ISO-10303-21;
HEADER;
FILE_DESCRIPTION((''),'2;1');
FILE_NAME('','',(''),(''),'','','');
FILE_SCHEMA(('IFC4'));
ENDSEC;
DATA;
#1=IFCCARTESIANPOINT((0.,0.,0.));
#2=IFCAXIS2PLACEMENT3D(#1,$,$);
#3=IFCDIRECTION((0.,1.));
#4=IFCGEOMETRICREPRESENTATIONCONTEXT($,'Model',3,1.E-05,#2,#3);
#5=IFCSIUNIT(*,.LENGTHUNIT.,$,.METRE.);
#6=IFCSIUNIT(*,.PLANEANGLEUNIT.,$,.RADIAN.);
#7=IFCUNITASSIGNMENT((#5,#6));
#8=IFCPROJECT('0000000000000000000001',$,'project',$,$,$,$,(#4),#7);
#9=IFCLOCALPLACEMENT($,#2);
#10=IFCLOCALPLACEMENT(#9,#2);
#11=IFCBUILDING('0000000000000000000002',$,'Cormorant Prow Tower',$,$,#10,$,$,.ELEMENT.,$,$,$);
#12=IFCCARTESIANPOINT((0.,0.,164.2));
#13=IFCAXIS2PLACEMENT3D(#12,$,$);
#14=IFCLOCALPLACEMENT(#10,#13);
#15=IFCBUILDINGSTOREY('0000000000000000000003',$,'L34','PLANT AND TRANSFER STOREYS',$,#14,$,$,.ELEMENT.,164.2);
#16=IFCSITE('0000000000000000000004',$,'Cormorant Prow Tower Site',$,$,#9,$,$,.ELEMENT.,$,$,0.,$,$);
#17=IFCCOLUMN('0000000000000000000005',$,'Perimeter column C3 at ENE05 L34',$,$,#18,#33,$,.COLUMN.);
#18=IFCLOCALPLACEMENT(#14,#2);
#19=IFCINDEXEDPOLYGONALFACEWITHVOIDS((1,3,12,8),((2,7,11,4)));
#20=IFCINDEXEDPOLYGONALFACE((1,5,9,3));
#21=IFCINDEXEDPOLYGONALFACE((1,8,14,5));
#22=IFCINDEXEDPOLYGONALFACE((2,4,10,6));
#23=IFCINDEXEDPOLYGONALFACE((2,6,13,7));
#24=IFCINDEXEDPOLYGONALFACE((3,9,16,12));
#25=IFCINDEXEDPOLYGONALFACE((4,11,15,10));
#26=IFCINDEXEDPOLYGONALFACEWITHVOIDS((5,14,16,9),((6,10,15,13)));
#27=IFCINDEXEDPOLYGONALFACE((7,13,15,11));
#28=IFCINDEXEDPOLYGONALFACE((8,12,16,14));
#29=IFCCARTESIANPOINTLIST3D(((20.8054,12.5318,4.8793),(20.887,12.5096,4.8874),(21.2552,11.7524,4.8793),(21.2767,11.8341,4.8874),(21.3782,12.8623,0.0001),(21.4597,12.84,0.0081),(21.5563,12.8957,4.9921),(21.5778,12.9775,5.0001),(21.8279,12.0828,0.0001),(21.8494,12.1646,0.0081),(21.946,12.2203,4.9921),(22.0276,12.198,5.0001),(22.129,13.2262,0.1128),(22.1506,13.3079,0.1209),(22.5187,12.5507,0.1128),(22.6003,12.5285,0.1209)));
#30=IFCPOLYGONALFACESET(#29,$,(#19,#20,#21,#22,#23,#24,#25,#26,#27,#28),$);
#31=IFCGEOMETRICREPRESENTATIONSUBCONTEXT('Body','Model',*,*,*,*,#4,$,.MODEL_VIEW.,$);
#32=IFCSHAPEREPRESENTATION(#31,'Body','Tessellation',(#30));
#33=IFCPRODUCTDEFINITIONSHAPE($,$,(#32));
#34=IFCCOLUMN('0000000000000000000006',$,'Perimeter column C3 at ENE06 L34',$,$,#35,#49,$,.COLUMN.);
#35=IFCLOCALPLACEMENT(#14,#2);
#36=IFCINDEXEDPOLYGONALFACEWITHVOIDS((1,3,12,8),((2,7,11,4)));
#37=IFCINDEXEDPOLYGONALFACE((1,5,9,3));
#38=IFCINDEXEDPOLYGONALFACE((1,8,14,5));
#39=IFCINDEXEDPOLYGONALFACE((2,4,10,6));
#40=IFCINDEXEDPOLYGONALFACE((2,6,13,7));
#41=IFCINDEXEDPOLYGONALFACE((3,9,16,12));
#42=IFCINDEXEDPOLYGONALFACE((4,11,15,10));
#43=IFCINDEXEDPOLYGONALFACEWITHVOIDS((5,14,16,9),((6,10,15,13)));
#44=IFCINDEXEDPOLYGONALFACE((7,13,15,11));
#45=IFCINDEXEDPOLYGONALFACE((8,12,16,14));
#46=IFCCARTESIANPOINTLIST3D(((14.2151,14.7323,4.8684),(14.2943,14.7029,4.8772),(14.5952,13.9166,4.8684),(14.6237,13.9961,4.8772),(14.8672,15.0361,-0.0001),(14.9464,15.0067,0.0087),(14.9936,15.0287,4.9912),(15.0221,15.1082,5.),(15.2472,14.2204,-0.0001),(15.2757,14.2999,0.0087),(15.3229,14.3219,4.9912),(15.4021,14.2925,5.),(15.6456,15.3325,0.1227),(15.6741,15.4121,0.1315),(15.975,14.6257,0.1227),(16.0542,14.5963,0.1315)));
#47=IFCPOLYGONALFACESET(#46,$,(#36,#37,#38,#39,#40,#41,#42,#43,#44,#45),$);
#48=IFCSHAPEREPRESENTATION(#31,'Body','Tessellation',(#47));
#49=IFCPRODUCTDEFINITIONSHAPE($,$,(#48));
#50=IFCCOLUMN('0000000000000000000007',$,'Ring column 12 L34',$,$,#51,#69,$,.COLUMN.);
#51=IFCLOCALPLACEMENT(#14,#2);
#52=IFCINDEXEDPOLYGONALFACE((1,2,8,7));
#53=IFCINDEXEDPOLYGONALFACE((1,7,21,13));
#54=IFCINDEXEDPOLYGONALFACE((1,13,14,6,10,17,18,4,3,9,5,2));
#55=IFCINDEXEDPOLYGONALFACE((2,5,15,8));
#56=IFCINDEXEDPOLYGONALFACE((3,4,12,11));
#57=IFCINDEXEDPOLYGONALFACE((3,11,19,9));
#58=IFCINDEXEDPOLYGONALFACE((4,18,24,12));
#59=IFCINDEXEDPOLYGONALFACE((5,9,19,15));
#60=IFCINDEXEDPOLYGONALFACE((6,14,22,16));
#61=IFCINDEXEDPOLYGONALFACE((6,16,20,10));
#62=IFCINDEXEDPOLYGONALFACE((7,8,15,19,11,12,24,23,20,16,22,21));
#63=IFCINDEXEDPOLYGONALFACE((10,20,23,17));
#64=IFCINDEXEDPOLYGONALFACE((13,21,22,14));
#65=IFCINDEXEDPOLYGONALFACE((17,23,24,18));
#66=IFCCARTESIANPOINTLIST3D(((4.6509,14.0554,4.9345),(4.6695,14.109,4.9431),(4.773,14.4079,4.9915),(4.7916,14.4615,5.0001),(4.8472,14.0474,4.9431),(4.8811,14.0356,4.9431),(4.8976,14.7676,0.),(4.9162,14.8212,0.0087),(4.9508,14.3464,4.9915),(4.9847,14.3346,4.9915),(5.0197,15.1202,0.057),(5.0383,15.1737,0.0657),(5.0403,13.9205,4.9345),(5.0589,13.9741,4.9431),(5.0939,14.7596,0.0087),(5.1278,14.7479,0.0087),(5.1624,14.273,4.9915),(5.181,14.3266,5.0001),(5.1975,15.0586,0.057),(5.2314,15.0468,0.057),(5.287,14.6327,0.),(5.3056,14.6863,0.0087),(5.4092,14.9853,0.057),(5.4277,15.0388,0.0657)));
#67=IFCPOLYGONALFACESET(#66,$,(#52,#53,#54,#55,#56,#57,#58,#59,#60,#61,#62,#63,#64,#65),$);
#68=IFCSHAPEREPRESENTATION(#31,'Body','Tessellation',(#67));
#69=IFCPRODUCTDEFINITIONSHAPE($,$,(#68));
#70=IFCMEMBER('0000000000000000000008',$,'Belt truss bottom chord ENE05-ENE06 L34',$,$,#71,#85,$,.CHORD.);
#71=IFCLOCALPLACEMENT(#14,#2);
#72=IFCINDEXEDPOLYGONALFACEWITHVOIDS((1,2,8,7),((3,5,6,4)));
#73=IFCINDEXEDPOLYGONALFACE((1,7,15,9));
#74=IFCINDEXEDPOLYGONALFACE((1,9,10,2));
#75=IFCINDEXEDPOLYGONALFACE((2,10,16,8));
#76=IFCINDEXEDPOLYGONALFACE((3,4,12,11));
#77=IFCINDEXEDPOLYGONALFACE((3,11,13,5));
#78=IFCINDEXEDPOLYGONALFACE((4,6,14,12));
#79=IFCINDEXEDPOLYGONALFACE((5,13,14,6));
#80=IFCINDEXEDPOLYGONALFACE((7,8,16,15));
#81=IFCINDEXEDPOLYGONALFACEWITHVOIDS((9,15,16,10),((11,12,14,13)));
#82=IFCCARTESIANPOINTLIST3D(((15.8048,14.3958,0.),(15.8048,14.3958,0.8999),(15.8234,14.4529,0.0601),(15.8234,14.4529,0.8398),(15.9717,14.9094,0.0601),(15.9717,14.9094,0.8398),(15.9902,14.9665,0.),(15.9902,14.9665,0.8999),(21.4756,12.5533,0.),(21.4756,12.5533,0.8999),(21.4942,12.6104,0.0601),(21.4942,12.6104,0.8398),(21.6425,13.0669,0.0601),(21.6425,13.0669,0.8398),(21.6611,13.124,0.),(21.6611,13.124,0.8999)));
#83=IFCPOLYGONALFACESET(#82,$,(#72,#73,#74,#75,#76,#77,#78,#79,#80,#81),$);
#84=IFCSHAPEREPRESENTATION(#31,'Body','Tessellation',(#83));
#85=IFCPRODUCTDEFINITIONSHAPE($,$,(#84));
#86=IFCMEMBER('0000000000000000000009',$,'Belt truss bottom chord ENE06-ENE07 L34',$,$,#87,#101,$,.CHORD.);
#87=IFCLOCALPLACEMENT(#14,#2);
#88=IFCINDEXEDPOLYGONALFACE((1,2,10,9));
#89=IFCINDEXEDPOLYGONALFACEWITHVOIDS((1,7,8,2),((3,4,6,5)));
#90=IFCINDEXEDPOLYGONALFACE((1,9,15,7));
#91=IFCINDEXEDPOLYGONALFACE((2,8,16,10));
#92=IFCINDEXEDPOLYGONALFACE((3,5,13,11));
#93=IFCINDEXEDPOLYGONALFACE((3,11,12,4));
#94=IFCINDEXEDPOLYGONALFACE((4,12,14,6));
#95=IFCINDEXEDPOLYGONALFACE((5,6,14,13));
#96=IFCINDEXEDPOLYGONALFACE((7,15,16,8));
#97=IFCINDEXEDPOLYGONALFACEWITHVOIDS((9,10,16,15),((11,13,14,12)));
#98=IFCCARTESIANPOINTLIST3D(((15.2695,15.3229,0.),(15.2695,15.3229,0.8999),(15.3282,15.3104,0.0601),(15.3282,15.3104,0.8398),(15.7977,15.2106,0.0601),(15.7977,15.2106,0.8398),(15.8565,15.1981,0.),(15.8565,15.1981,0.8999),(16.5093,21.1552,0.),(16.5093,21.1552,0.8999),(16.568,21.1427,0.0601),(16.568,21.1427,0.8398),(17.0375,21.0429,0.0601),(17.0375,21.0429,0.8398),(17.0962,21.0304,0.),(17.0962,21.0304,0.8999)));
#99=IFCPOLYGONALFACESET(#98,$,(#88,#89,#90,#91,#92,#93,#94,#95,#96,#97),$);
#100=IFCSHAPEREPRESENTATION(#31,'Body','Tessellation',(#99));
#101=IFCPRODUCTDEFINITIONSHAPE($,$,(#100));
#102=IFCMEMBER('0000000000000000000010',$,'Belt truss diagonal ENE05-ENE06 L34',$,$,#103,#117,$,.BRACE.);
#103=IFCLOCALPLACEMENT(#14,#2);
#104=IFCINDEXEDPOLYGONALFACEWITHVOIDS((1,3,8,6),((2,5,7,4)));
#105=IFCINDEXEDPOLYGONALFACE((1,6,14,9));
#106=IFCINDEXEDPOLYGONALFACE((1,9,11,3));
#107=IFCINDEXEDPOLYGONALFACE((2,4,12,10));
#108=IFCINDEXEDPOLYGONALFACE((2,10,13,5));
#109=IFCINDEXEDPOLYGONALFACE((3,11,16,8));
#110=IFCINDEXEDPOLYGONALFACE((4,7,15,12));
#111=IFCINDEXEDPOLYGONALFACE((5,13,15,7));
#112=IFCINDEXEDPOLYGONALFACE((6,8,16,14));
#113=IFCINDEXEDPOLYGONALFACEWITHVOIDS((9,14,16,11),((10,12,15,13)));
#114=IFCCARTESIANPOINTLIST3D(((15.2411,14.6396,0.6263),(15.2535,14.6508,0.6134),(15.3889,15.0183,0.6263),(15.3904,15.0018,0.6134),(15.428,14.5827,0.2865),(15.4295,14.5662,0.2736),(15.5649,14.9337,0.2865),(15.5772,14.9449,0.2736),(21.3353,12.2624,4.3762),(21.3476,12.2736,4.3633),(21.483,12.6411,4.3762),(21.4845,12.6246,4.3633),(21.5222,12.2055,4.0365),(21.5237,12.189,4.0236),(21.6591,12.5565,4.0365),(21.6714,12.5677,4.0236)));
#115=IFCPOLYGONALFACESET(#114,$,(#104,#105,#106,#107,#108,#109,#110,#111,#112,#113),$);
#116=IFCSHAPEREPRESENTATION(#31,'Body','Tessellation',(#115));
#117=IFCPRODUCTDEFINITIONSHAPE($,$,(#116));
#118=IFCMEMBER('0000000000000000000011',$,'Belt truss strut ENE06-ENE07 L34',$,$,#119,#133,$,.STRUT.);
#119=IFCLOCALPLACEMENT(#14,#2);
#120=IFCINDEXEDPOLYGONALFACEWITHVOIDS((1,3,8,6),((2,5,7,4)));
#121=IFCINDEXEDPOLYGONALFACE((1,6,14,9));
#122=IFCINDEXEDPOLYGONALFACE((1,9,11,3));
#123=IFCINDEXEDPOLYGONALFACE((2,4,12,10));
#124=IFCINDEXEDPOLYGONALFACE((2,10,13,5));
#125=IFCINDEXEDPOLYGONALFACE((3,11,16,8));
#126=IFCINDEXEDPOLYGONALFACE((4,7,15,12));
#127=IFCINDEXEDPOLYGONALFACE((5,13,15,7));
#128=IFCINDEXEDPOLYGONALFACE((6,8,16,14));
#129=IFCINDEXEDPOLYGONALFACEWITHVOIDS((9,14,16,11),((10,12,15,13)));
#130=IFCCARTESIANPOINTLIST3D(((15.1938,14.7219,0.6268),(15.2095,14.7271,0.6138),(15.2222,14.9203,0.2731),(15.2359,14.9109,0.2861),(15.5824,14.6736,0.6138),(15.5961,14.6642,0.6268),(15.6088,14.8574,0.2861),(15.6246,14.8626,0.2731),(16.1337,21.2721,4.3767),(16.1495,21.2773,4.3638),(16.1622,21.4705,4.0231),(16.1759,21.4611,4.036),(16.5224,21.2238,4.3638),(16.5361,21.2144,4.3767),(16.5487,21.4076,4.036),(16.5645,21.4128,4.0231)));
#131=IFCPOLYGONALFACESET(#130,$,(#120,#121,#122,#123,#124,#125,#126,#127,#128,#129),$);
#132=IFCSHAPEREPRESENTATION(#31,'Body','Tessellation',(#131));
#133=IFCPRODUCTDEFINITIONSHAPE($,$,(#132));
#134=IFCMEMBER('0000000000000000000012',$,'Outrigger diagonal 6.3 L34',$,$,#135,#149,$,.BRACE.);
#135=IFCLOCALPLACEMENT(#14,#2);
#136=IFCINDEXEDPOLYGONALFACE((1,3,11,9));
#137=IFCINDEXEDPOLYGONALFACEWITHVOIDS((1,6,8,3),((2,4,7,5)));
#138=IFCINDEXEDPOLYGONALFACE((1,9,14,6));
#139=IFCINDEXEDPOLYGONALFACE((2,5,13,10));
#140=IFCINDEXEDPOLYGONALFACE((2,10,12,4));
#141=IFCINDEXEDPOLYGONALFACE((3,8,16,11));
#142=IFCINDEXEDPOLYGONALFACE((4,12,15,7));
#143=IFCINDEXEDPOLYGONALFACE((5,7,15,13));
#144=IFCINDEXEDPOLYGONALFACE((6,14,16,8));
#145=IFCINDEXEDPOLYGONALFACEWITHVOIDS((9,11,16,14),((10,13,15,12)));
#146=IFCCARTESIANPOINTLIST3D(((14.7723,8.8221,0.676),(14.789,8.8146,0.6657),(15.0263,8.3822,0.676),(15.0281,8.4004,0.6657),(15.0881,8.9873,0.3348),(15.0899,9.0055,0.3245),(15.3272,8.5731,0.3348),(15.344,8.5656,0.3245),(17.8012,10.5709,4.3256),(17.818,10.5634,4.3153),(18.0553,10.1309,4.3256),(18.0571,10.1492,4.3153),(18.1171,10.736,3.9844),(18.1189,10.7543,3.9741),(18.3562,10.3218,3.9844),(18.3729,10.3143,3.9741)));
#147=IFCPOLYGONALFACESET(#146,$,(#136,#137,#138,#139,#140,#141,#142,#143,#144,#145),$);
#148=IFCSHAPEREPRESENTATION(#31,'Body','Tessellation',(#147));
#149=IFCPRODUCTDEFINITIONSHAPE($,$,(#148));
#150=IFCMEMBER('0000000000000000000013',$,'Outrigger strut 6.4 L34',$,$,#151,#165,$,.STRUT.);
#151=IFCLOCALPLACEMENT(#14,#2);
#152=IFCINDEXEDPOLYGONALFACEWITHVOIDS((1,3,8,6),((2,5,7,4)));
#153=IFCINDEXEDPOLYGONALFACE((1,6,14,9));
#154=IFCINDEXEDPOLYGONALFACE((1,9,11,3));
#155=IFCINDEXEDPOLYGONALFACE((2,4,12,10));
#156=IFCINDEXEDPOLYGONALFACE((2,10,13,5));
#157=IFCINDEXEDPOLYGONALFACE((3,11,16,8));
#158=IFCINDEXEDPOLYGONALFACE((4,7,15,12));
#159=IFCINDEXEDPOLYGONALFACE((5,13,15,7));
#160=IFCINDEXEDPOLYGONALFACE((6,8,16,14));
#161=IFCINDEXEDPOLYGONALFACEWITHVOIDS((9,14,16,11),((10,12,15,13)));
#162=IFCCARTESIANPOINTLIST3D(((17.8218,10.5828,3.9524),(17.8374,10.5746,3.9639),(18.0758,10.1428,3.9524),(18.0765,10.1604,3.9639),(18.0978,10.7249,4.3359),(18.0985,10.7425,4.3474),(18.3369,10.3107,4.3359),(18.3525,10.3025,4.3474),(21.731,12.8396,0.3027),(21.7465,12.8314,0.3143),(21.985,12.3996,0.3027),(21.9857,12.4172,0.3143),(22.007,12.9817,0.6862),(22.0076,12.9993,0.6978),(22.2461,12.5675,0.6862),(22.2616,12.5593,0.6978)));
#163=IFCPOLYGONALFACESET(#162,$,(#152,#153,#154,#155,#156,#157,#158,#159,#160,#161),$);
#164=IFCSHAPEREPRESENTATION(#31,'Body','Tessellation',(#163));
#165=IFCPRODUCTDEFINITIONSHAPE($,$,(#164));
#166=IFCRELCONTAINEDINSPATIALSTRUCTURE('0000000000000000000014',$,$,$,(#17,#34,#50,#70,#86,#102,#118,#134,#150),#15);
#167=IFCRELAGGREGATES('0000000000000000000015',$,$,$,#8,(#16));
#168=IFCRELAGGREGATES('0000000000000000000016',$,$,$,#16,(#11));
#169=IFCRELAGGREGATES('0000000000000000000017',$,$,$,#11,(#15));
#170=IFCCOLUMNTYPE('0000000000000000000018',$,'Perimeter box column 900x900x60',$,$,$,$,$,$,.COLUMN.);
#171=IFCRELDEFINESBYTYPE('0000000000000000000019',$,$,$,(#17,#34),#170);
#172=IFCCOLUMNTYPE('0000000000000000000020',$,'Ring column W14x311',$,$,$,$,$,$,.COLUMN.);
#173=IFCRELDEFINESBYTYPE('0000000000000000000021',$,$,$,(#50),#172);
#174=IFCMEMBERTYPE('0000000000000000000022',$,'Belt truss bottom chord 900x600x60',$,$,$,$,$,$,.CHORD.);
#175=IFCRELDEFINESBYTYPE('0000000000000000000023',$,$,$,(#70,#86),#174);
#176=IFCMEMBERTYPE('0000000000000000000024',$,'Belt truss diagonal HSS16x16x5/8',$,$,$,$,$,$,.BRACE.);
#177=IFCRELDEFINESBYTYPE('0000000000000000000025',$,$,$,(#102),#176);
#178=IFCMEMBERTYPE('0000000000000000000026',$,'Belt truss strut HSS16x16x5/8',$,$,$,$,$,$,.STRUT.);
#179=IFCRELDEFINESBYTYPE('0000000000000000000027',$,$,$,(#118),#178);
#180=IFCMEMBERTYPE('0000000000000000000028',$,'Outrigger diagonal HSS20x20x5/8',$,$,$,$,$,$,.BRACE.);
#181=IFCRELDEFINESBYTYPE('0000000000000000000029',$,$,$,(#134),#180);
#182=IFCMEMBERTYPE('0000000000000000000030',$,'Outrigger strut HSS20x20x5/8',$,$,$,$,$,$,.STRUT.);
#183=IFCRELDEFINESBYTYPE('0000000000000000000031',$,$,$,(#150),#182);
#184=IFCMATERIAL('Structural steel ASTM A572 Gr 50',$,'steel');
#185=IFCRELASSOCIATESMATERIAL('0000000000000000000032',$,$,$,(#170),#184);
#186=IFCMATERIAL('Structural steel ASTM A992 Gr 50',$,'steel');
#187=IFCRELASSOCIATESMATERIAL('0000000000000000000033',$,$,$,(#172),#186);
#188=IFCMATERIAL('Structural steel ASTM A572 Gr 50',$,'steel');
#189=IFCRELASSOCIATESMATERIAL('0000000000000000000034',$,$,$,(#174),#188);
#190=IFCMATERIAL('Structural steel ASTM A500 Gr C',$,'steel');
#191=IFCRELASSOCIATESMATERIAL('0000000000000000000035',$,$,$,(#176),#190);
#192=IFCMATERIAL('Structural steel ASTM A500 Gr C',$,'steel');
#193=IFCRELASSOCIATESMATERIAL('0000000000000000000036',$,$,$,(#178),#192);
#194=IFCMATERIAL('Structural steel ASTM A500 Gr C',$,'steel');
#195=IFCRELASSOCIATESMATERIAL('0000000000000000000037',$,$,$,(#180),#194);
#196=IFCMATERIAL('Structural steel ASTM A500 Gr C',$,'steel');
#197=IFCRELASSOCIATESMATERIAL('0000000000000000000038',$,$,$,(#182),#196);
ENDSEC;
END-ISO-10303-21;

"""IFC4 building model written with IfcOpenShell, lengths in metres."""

from ifc_helpers import new_model, si_unit, direction, frame, origin, origin_2d, place, context, subcontext, project, spatial, hollow_rectangle, i_section, extrude, material, material_profile, profile_set, type_object, element, save


model = new_model("IFC4")

# Units and contexts
model_context = context("Model", 3, precision=1e-05, world=origin(), true_north=direction((0.0, 1.0)))
body_context = subcontext(model_context, "Body", "Model", "MODEL_VIEW")
ifc_project = project(units=[si_unit("LENGTHUNIT", "METRE"), si_unit("PLANEANGLEUNIT", "RADIAN")], contexts=[model_context])

# Site, building, storey
site_placement = place(None, origin())
site = spatial("IfcSite", under=ifc_project, at=site_placement, Name="Cormorant Prow Tower Site", CompositionType="ELEMENT", RefElevation=0.0)
building_placement = place(site_placement, origin())
building = spatial("IfcBuilding", under=site, at=building_placement, Name="Cormorant Prow Tower", CompositionType="ELEMENT")
storey_placement = place(building_placement, frame((0.0, 0.0, 164.2)))
storey = spatial("IfcBuildingStorey", under=building, at=storey_placement, Name="L34", Description="PLANT AND TRANSFER STOREYS", CompositionType="ELEMENT", Elevation=164.2)

# Columns
ifc_material_1 = material(Name="Structural steel ASTM A572 Gr 50", Category="steel")
ifc_material_profile_1 = material_profile(ifc_material_1, hollow_rectangle(XDim=0.8999, YDim=0.8999, WallThickness=0.0601, at=origin_2d()), Name="Box 900x900x60")
ifc_profile_set_1 = profile_set([ifc_material_profile_1], Name="Structural steel ASTM A572 Gr 50")
column_type_1 = type_object("IfcColumnType", Name="Perimeter box column 900x900x60", PredefinedType="COLUMN", material=ifc_profile_set_1)
column_1_placement = place(storey_placement, frame((21.9963, 12.6995, 0.0), z_axis=(-0.11632, -0.067111, 0.990942), x_axis=(0.499743, -0.866174, 0.0)))
element("IfcColumn", 1, at=column_1_placement, inside=storey, type_object=column_type_1, Name="Perimeter column C3 at ENE05 L34", PredefinedType="COLUMN", context=body_context, shape_type="SweptSolid", body=[
    extrude(hollow_rectangle(XDim=0.8999, YDim=0.8999, WallThickness=0.0601, at=origin_2d()), frame((0.0, 0.0, 0.061)), (0.0, 0.0, 1.0), 4.9238),
])
column_2_placement = place(storey_placement, frame((15.4695, 14.8203, 0.0), z_axis=(-0.132497, -0.061732, 0.989259), x_axis=(0.422325, -0.906445, 0.0)))
element("IfcColumn", 2, at=column_2_placement, inside=storey, type_object=column_type_1, Name="Perimeter column C3 at ENE06 L34", PredefinedType="COLUMN", context=body_context, shape_type="SweptSolid", body=[
    extrude(hollow_rectangle(XDim=0.8999, YDim=0.8999, WallThickness=0.0601, at=origin_2d()), frame((0.0, 0.0, 0.0664)), (0.0, 0.0, 1.0), 4.9214),
])
ifc_material_2 = material(Name="Structural steel ASTM A992 Gr 50", Category="steel")
ifc_material_profile_2 = material_profile(ifc_material_2, i_section(OverallWidth=0.4121, OverallDepth=0.4348, WebThickness=0.0359, FlangeThickness=0.0574, at=origin_2d()), Name="W14x311")
ifc_profile_set_2 = profile_set([ifc_material_profile_2], Name="Structural steel ASTM A992 Gr 50")
column_type_2 = type_object("IfcColumnType", Name="Ring column W14x311", PredefinedType="COLUMN", material=ifc_profile_set_2)
column_3_placement = place(storey_placement, frame((5.1643, 14.908, 0.0), z_axis=(-0.049427, -0.142681, 0.988534), x_axis=(0.94491, -0.32733, 0.0)))
element("IfcColumn", 3, at=column_3_placement, inside=storey, type_object=column_type_2, Name="Ring column 12 L34", PredefinedType="COLUMN", context=body_context, shape_type="SweptSolid", body=[
    extrude(i_section(OverallWidth=0.4121, OverallDepth=0.4348, WebThickness=0.0359, FlangeThickness=0.0574, at=origin_2d()), frame((0.0, 0.0, 0.0332)), (0.0, 0.0, 1.0), 4.9917),
])

# Members
ifc_material_3 = material(Name="Structural steel ASTM A572 Gr 50", Category="steel")
ifc_material_profile_3 = material_profile(ifc_material_3, hollow_rectangle(XDim=0.6001, YDim=0.8999, WallThickness=0.0601, at=origin_2d()), Name="Box 900x600x60")
ifc_profile_set_3 = profile_set([ifc_material_profile_3], Name="Structural steel ASTM A572 Gr 50")
member_type_1 = type_object("IfcMemberType", Name="Belt truss bottom chord 900x600x60", PredefinedType="CHORD", material=ifc_profile_set_3)
for number, where, z_axis, x_axis, name in (
    (4, (21.5684, 12.8386, 0.45), (-0.951059, 0.309008, 0.0), (-0.309008, -0.951059, 0.0), "Belt truss bottom chord ENE05-ENE06 L34"),
    (5, (15.563, 15.2605, 0.45), (0.207921, 0.978146, 0.0), (-0.978146, 0.207921, 0.0), "Belt truss bottom chord ENE06-ENE07 L34"),
):
    element("IfcMember", number, at=place(storey_placement, frame(where, z_axis=z_axis, x_axis=x_axis)), inside=storey, type_object=member_type_1, Name=name, PredefinedType="CHORD", context=body_context, shape_type="SweptSolid", body=[
        extrude(hollow_rectangle(XDim=0.6001, YDim=0.8999, WallThickness=0.0601, at=origin_2d()), origin(), (0.0, 0.0, 1.0), 5.9626),
    ])
ifc_material_4 = material(Name="Structural steel ASTM A500 Gr C", Category="steel")
ifc_material_profile_4 = material_profile(ifc_material_4, hollow_rectangle(XDim=0.4065, YDim=0.4065, WallThickness=0.0149, at=origin_2d()), Name="HSS16x16x5/8")
ifc_profile_set_4 = profile_set([ifc_material_profile_4], Name="Structural steel ASTM A500 Gr C")
member_type_2 = type_object("IfcMemberType", Name="Belt truss diagonal HSS16x16x5/8", PredefinedType="BRACE", material=ifc_profile_set_4)
member_1_placement = place(storey_placement, frame((15.4092, 14.7922, 0.45), z_axis=(0.808242, -0.315273, 0.49734), x_axis=(0.363404, 0.931632, 0.0)))
element("IfcMember", 6, at=member_1_placement, inside=storey, type_object=member_type_2, Name="Belt truss diagonal ENE05-ENE06 L34", PredefinedType="BRACE", context=body_context, shape_type="SweptSolid", body=[
    extrude(hollow_rectangle(XDim=0.4065, YDim=0.4065, WallThickness=0.0149, at=origin_2d()), origin(), (0.0, 0.0, 1.0), 7.54),
])
ifc_material_5 = material(Name="Structural steel ASTM A500 Gr C", Category="steel")
ifc_material_profile_5 = material_profile(ifc_material_5, hollow_rectangle(XDim=0.4065, YDim=0.4065, WallThickness=0.0149, at=origin_2d()), Name="HSS16x16x5/8")
ifc_profile_set_5 = profile_set([ifc_material_profile_5], Name="Structural steel ASTM A500 Gr C")
member_type_3 = type_object("IfcMemberType", Name="Belt truss strut HSS16x16x5/8", PredefinedType="STRUT", material=ifc_profile_set_5)
member_2_placement = place(storey_placement, frame((15.4092, 14.7922, 0.45), z_axis=(0.123578, 0.861193, 0.493027), x_axis=(-0.989861, 0.142041, 0.0)))
element("IfcMember", 7, at=member_2_placement, inside=storey, type_object=member_type_3, Name="Belt truss strut ENE06-ENE07 L34", PredefinedType="STRUT", context=body_context, shape_type="SweptSolid", body=[
    extrude(hollow_rectangle(XDim=0.4065, YDim=0.4065, WallThickness=0.0149, at=origin_2d()), origin(), (0.0, 0.0, 1.0), 7.606),
])
ifc_material_6 = material(Name="Structural steel ASTM A500 Gr C", Category="steel")
ifc_material_profile_6 = material_profile(ifc_material_6, hollow_rectangle(XDim=0.5081, YDim=0.5081, WallThickness=0.0149, at=origin_2d()), Name="HSS20x20x5/8")
ifc_profile_set_6 = profile_set([ifc_material_profile_6], Name="Structural steel ASTM A500 Gr C")
member_type_4 = type_object("IfcMemberType", Name="Outrigger diagonal HSS20x20x5/8", PredefinedType="BRACE", material=ifc_profile_set_6)
member_3_placement = place(storey_placement, frame((15.0581, 8.6938, 0.5002), z_axis=(0.599215, 0.345948, 0.721985), x_axis=(-0.49999, 0.866031, 0.0)))
element("IfcMember", 8, at=member_3_placement, inside=storey, type_object=member_type_4, Name="Outrigger diagonal 6.3 L34", PredefinedType="BRACE", context=body_context, shape_type="SweptSolid", body=[
    extrude(hollow_rectangle(XDim=0.5081, YDim=0.5081, WallThickness=0.0149, at=origin_2d()), origin(), (0.0, 0.0, 1.0), 5.0549),
])
ifc_material_7 = material(Name="Structural steel ASTM A500 Gr C", Category="steel")
ifc_material_profile_7 = material_profile(ifc_material_7, hollow_rectangle(XDim=0.5081, YDim=0.5081, WallThickness=0.0149, at=origin_2d()), Name="HSS20x20x5/8")
ifc_profile_set_7 = profile_set([ifc_material_profile_7], Name="Structural steel ASTM A500 Gr C")
member_type_5 = type_object("IfcMemberType", Name="Outrigger strut HSS20x20x5/8", PredefinedType="STRUT", material=ifc_profile_set_7)
member_4_placement = place(storey_placement, frame((18.0872, 10.4426, 4.1499), z_axis=(0.673446, 0.388792, -0.628738), x_axis=(-0.499978, 0.866038, 0.0)))
element("IfcMember", 9, at=member_4_placement, inside=storey, type_object=member_type_5, Name="Outrigger strut 6.4 L34", PredefinedType="STRUT", context=body_context, shape_type="SweptSolid", body=[
    extrude(hollow_rectangle(XDim=0.5081, YDim=0.5081, WallThickness=0.0149, at=origin_2d()), origin(), (0.0, 0.0, 1.0), 5.8047),
])

save(model, "model.ifc")
